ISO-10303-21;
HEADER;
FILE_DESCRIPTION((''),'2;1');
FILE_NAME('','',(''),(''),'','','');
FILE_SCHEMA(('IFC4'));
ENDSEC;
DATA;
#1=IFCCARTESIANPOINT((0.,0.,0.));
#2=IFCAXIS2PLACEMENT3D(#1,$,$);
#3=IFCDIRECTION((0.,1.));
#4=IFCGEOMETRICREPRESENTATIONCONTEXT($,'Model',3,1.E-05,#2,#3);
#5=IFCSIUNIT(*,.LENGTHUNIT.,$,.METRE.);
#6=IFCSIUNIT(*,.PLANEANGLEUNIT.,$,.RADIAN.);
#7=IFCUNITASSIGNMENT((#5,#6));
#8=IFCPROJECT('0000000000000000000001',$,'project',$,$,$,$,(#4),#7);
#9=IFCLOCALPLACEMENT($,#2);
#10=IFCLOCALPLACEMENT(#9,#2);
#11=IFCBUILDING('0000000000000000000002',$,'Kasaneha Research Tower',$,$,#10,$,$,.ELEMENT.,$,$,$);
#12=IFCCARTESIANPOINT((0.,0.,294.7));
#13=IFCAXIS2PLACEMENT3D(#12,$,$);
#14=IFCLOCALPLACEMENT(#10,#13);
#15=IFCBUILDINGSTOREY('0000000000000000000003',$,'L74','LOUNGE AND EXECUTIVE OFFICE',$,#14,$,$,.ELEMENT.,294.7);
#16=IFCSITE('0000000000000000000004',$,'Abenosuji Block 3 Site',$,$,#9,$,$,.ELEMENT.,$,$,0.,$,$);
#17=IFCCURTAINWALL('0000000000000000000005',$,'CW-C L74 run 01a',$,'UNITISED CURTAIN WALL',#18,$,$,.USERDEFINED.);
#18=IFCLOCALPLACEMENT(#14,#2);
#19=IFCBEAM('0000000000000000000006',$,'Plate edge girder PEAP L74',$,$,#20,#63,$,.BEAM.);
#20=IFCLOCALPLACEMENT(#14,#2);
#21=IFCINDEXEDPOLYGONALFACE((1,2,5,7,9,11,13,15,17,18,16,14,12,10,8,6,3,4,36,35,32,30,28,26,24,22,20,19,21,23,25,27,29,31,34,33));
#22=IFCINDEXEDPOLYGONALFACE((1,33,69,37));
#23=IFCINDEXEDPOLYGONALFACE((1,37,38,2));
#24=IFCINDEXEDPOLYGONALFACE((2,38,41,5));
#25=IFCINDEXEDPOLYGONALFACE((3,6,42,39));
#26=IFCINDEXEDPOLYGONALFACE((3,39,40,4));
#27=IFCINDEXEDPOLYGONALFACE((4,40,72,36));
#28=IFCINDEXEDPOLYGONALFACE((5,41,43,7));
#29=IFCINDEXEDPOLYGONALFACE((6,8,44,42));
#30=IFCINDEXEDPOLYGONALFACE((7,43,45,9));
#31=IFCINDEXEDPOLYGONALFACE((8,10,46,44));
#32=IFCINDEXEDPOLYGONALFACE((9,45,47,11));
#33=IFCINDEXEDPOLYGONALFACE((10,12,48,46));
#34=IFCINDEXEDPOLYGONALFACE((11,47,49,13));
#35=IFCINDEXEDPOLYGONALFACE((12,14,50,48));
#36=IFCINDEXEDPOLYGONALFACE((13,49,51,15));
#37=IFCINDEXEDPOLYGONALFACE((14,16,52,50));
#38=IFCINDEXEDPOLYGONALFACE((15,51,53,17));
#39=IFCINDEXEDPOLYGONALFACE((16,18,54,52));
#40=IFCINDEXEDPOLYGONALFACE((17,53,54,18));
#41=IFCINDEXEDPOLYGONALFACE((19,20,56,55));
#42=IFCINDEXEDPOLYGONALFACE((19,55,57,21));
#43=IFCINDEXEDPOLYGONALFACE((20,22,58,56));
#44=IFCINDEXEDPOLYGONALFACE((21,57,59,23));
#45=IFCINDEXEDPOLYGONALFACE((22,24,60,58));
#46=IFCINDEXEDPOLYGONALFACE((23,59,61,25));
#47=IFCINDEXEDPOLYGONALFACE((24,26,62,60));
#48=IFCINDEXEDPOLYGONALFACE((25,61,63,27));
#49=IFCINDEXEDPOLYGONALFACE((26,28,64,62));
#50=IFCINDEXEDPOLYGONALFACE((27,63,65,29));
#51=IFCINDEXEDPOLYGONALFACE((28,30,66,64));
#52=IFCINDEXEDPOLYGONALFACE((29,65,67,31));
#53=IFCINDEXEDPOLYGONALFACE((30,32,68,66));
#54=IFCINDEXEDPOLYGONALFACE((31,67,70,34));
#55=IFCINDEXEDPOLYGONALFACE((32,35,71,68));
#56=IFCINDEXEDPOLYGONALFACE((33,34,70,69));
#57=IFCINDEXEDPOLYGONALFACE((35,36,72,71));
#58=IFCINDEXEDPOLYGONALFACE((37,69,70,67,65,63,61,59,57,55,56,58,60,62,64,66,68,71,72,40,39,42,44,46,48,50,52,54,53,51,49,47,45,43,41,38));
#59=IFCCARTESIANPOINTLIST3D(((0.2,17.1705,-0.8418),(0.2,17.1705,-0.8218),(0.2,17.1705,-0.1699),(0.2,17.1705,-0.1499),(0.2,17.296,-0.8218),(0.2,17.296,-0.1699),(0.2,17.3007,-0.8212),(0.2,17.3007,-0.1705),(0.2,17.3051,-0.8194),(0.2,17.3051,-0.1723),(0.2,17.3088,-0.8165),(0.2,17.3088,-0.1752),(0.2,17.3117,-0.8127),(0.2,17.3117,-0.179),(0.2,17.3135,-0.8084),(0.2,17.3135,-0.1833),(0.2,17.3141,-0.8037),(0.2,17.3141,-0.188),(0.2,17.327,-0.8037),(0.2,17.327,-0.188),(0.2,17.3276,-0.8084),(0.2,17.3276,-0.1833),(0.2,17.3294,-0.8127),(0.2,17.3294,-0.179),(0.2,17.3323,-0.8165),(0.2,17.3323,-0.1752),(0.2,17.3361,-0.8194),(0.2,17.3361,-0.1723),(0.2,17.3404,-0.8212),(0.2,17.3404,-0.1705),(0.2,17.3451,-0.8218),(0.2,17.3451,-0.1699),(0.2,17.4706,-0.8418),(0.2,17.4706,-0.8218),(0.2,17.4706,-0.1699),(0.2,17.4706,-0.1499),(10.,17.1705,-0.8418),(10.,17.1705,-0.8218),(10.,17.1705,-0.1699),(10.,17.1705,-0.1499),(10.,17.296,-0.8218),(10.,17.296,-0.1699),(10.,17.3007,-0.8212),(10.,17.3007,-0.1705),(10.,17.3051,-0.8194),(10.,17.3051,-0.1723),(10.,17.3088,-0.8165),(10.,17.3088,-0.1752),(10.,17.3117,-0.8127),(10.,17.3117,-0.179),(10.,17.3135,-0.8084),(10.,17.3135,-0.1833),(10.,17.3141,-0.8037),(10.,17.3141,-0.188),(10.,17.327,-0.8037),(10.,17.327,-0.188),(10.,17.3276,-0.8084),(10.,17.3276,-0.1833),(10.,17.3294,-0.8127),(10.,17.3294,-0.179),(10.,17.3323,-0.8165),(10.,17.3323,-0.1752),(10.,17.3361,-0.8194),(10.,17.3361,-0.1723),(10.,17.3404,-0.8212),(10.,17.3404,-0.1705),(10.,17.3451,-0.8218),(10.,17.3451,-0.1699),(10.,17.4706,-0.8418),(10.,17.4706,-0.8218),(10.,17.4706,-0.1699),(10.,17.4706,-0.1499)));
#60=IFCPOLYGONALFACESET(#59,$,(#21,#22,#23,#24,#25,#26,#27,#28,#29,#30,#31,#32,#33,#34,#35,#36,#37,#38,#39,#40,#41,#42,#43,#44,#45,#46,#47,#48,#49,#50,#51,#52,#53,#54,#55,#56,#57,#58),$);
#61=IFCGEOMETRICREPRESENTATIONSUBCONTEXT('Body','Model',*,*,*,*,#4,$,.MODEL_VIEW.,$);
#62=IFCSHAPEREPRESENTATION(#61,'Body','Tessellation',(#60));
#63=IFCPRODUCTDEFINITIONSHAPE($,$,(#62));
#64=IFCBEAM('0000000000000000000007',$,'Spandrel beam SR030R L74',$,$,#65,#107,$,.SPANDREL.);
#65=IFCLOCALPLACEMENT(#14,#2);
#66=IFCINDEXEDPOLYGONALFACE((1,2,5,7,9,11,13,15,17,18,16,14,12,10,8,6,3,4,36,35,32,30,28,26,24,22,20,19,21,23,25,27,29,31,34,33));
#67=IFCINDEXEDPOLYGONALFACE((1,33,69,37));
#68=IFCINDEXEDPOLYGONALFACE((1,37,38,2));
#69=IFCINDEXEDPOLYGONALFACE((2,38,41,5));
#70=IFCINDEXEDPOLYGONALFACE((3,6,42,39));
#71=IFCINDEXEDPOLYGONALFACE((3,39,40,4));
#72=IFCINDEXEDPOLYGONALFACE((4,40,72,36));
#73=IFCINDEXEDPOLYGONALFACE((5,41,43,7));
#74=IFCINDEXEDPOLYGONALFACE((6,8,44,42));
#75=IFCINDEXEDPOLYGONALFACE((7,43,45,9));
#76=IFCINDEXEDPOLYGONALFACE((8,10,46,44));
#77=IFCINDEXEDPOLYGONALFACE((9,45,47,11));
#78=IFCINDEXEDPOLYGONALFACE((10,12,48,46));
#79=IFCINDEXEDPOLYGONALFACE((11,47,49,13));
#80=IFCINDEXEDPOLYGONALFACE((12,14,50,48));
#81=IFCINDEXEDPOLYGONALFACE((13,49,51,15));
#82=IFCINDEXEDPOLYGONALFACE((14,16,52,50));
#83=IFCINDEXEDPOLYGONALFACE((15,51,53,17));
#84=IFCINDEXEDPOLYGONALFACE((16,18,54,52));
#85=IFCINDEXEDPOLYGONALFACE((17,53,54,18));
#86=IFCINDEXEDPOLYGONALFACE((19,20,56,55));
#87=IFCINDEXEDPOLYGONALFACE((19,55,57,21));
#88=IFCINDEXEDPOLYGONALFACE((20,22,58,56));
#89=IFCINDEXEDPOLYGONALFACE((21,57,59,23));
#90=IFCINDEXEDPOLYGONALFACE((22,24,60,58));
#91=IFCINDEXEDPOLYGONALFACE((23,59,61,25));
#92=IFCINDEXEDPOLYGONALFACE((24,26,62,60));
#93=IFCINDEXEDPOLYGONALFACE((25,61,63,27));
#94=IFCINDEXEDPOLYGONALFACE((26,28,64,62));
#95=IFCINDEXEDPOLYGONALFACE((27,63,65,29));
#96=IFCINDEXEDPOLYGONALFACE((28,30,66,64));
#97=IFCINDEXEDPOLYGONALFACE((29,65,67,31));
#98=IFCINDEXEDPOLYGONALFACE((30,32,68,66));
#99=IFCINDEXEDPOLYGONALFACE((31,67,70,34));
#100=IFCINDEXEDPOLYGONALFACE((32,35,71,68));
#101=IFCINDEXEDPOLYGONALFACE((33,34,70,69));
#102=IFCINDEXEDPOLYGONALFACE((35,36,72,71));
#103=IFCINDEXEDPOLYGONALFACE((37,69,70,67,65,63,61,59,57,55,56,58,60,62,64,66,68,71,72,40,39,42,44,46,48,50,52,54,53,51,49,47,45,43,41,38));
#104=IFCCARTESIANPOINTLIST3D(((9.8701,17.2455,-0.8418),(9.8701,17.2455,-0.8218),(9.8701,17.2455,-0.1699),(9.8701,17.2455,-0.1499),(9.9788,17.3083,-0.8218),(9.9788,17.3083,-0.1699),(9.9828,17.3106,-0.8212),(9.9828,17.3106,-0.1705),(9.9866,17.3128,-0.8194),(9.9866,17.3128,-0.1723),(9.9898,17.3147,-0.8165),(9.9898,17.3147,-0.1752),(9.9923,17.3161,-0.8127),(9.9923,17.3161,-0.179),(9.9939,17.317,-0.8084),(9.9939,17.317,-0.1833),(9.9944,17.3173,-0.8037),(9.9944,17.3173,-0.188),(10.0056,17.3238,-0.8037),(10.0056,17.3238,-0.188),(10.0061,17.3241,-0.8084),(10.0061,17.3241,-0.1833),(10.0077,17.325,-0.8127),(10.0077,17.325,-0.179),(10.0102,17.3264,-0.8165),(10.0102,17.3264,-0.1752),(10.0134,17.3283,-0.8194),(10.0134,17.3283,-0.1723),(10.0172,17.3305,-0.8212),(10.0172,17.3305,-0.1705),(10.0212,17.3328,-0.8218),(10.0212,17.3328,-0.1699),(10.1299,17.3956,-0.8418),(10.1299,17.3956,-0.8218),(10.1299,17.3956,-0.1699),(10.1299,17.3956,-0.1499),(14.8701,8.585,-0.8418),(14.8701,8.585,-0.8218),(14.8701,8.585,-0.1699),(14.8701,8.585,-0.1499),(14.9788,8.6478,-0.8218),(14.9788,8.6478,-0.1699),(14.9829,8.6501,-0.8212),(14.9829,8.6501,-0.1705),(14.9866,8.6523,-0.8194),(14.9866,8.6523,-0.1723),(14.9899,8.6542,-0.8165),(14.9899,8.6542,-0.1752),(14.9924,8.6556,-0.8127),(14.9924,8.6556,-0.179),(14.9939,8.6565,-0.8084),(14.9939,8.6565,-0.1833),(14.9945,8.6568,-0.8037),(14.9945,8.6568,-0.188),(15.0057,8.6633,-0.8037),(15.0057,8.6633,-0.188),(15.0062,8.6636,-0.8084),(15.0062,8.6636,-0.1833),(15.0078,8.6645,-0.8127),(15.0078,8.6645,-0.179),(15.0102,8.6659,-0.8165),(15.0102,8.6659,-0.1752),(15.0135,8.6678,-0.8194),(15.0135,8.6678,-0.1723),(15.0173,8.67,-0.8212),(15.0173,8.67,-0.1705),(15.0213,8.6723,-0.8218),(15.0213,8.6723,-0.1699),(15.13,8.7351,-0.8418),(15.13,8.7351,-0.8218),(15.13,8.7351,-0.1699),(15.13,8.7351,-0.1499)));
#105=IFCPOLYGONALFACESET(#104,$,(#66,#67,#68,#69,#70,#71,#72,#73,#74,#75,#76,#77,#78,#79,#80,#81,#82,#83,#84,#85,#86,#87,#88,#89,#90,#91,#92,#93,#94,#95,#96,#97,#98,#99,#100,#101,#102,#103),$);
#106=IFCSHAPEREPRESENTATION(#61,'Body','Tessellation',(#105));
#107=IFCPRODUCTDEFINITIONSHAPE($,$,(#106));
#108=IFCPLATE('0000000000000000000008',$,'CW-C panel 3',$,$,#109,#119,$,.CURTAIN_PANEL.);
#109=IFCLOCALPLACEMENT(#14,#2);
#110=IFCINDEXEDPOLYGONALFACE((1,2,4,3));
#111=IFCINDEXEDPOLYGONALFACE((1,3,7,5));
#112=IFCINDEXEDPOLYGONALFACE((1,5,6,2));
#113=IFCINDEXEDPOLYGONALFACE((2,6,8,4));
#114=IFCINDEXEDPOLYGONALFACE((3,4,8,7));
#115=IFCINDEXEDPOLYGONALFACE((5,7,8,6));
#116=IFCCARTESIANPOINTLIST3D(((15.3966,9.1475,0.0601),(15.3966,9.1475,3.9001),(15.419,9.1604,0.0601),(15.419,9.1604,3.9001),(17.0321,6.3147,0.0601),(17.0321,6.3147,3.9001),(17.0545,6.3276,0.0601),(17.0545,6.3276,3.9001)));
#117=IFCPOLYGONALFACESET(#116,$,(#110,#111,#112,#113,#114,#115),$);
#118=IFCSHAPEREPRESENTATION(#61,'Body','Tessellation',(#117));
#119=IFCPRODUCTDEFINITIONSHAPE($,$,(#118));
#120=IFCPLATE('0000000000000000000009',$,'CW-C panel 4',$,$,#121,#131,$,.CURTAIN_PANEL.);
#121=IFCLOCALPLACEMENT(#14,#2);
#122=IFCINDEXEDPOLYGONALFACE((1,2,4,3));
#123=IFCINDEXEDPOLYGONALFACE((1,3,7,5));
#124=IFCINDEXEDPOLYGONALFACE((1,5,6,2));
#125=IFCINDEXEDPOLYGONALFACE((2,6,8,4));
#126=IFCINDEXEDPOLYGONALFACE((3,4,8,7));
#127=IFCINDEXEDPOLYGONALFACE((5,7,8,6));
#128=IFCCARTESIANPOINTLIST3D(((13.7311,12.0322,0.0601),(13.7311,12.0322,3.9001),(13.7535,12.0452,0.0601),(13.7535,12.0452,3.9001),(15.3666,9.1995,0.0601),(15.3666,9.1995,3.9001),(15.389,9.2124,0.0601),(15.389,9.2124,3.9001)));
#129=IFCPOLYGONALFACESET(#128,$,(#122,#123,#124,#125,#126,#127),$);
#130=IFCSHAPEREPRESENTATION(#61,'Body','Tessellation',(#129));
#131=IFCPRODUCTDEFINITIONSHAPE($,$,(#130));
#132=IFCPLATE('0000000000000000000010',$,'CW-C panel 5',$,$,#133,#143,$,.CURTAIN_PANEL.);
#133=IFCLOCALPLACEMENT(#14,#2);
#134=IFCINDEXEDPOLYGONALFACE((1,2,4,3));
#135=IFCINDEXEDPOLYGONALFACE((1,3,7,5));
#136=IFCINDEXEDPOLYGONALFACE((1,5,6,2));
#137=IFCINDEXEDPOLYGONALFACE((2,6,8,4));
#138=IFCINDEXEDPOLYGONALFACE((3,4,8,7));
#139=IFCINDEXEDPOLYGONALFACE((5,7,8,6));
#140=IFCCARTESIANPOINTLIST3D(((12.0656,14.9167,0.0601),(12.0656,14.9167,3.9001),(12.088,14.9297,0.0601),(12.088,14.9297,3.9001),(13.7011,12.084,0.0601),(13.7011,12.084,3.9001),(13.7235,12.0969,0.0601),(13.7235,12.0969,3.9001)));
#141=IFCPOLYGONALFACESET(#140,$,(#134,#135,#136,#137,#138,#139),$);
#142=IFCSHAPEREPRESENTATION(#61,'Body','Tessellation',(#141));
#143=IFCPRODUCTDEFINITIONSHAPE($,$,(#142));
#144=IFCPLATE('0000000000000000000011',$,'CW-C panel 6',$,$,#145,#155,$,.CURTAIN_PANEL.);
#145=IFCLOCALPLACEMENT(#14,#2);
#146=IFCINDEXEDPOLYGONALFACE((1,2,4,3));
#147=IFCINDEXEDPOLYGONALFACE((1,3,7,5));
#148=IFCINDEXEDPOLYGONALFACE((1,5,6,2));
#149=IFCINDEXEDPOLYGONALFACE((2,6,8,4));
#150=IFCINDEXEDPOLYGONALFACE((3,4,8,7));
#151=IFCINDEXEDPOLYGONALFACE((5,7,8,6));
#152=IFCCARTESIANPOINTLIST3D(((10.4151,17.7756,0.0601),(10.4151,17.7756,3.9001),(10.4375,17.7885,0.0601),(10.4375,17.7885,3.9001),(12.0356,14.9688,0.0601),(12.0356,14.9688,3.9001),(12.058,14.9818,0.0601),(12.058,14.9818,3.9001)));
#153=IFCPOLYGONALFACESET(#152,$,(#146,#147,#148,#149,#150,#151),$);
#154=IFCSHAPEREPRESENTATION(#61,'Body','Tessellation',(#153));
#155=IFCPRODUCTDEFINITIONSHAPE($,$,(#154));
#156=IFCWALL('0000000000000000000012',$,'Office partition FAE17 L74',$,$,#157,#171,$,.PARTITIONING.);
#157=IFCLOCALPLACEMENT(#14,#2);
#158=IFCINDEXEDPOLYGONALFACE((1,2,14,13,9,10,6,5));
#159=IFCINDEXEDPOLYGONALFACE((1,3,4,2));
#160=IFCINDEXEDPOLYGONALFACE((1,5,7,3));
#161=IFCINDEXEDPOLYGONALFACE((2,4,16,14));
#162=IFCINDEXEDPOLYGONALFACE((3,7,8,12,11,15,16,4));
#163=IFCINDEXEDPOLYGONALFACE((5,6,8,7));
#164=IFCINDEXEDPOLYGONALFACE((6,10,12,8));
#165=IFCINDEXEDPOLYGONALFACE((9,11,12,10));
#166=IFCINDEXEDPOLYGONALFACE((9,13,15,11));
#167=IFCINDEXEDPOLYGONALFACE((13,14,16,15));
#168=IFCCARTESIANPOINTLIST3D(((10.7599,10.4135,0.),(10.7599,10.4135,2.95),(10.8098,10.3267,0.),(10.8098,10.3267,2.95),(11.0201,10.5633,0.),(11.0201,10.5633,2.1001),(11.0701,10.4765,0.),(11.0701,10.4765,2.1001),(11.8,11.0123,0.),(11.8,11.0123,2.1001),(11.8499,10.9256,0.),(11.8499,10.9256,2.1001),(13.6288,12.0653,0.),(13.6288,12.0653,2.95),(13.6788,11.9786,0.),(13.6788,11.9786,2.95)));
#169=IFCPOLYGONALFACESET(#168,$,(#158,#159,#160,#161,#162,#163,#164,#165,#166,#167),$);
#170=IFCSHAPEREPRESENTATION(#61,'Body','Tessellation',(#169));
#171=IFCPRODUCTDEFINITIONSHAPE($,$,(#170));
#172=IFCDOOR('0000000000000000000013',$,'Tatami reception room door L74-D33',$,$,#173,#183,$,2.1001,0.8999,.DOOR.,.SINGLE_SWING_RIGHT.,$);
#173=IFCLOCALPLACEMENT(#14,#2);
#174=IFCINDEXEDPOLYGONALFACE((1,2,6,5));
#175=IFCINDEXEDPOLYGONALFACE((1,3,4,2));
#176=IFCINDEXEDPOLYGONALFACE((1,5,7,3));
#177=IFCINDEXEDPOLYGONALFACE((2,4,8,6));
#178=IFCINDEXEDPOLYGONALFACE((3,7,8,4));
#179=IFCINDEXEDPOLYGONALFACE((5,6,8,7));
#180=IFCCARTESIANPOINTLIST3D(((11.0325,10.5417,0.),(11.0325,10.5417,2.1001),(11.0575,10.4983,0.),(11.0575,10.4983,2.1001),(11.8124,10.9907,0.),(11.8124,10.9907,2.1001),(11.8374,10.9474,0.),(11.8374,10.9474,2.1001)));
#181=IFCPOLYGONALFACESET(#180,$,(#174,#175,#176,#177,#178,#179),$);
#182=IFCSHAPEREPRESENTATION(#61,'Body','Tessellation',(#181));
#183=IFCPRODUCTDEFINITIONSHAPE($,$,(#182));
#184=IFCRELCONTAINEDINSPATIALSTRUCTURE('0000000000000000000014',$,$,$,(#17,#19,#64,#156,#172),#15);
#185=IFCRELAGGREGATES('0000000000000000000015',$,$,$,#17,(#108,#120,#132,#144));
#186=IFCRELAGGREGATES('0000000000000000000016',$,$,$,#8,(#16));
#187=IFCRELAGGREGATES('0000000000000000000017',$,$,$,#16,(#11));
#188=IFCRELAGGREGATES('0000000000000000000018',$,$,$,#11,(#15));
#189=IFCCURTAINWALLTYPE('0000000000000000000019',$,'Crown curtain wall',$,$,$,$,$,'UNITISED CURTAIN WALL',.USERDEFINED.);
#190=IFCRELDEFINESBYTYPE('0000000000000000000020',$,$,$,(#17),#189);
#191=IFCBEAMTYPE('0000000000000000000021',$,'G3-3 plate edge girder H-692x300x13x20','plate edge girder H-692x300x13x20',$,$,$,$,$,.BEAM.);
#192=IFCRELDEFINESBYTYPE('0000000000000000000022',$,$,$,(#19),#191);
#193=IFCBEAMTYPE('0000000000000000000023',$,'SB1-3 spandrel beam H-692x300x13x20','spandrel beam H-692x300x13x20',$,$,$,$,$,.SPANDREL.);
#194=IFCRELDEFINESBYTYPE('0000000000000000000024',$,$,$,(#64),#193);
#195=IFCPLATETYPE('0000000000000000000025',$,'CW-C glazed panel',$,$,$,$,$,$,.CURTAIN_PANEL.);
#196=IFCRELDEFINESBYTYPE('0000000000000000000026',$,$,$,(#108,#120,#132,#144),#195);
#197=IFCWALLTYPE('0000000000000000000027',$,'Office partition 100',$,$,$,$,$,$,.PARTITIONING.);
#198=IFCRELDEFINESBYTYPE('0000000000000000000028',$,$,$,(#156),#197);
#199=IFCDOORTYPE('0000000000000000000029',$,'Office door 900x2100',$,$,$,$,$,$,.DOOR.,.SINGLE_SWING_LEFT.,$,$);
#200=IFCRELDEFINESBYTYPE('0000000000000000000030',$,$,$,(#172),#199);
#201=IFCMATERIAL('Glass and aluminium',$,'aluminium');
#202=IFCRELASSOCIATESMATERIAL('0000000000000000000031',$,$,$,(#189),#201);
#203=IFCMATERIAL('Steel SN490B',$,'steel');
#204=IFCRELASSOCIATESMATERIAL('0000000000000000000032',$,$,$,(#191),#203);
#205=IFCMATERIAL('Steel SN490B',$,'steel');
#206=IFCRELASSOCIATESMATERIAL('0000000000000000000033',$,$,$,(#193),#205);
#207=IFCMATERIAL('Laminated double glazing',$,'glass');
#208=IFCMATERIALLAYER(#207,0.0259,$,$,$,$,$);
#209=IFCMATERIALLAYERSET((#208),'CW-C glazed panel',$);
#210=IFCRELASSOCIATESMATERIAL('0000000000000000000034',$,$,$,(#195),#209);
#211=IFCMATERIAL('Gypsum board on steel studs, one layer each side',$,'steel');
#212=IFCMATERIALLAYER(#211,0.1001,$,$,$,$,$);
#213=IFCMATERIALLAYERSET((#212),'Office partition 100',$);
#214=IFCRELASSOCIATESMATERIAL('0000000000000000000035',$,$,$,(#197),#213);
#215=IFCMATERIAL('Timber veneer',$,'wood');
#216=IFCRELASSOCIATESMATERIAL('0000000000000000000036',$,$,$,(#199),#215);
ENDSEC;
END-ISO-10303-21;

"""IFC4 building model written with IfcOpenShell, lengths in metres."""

from ifc_helpers import new_model, si_unit, direction, frame, frame_2d, origin, origin_2d, place, context, subcontext, project, spatial, rectangle, i_section, extrude, material, layer, layer_set, material_profile, profile_set, type_object, element, fill, aggregate, save


model = new_model("IFC4")

# Units and contexts
model_context = context("Model", 3, precision=1e-05, world=origin(), true_north=direction((0.0, 1.0)))
body_context = subcontext(model_context, "Body", "Model", "MODEL_VIEW")
ifc_project = project(units=[si_unit("LENGTHUNIT", "METRE"), si_unit("PLANEANGLEUNIT", "RADIAN")], contexts=[model_context])

# Site, building, storey
site_placement = place(None, origin())
site = spatial("IfcSite", under=ifc_project, at=site_placement, Name="Abenosuji Block 3 Site", CompositionType="ELEMENT", RefElevation=0.0)
building_placement = place(site_placement, origin())
building = spatial("IfcBuilding", under=site, at=building_placement, Name="Kasaneha Research Tower", CompositionType="ELEMENT")
storey_placement = place(building_placement, frame((0.0, 0.0, 294.7)))
storey = spatial("IfcBuildingStorey", under=building, at=storey_placement, Name="L74", Description="LOUNGE AND EXECUTIVE OFFICE", CompositionType="ELEMENT", Elevation=294.7)

# Curtain wall
ifc_material_1 = material(Name="Glass and aluminium", Category="aluminium")
curtain_wall_type = type_object("IfcCurtainWallType", Name="Crown curtain wall", ElementType="UNITISED CURTAIN WALL", PredefinedType="USERDEFINED", material=ifc_material_1)
curtain_wall_1_placement = place(storey_placement, origin())
curtain_wall_1 = element("IfcCurtainWall", 1, at=curtain_wall_1_placement, inside=storey, type_object=curtain_wall_type, Name="CW-C L74 run 01a", ObjectType="UNITISED CURTAIN WALL", PredefinedType="USERDEFINED")

# Beams
ifc_material_2 = material(Name="Steel SN490B", Category="steel")
ifc_material_profile_1 = material_profile(ifc_material_2, i_section(OverallWidth=0.3, OverallDepth=0.6919, WebThickness=0.0129, FlangeThickness=0.02, FilletRadius=0.0181, at=origin_2d()), Name="H-692x300x13x20")
ifc_profile_set_1 = profile_set([ifc_material_profile_1], Name="Steel SN490B")
beam_type_1 = type_object("IfcBeamType", Name="G3-3 plate edge girder H-692x300x13x20", Description="plate edge girder H-692x300x13x20", PredefinedType="BEAM", material=ifc_profile_set_1)
beam_1_placement = place(storey_placement, frame((10.0, 17.3206, -0.4958), z_axis=(-1.0, 0.0, 0.0), x_axis=(0.0, -1.0, 0.0)))
element("IfcBeam", 2, at=beam_1_placement, inside=storey, type_object=beam_type_1, Name="Plate edge girder PEAP L74", PredefinedType="BEAM", context=body_context, shape_type="SweptSolid", body=[
    extrude(i_section(OverallWidth=0.3, OverallDepth=0.6919, WebThickness=0.0129, FlangeThickness=0.02, FilletRadius=0.0181, at=origin_2d()), origin(), (0.0, 0.0, 1.0), 9.8),
])
ifc_material_3 = material(Name="Steel SN490B", Category="steel")
ifc_material_profile_2 = material_profile(ifc_material_3, i_section(OverallWidth=0.3, OverallDepth=0.6919, WebThickness=0.0129, FlangeThickness=0.02, FilletRadius=0.0181, at=origin_2d()), Name="H-692x300x13x20")
ifc_profile_set_2 = profile_set([ifc_material_profile_2], Name="Steel SN490B")
beam_type_2 = type_object("IfcBeamType", Name="SB1-3 spandrel beam H-692x300x13x20", Description="spandrel beam H-692x300x13x20", PredefinedType="SPANDREL", material=ifc_profile_set_2)
beam_2_placement = place(storey_placement, frame((10.0, 17.3206, -0.4958), z_axis=(0.499994, -0.866029, 0.0), x_axis=(0.866029, 0.499994, 0.0)))
element("IfcBeam", 3, at=beam_2_placement, inside=storey, type_object=beam_type_2, Name="Spandrel beam SR030R L74", PredefinedType="SPANDREL", context=body_context, shape_type="SweptSolid", body=[
    extrude(i_section(OverallWidth=0.3, OverallDepth=0.6919, WebThickness=0.0129, FlangeThickness=0.02, FilletRadius=0.0181, at=origin_2d()), origin(), (0.0, 0.0, 1.0), 10.0002),
])

# Plates
ifc_material_4 = material(Name="Laminated double glazing", Category="glass")
ifc_layer_1 = layer(ifc_material_4, 0.0259)
ifc_layer_set_1 = layer_set([ifc_layer_1], Name="CW-C glazed panel")
plate_type = type_object("IfcPlateType", Name="CW-C glazed panel", PredefinedType="CURTAIN_PANEL", material=ifc_layer_set_1)
plate_1_placement = place(storey_placement, frame((16.2256, 7.7375, 0.0601), z_axis=(0.0, 0.0, 1.0), x_axis=(-0.5, 0.866025, 0.0)))
plate_1 = element("IfcPlate", 4, at=plate_1_placement, type_object=plate_type, Name="CW-C panel 3", PredefinedType="CURTAIN_PANEL", context=body_context, shape_type="SweptSolid", body=[
    extrude(rectangle(XDim=3.271, YDim=0.0259, at=origin_2d()), origin(), (0.0, 0.0, 1.0), 3.8401),
])
plate_2_placement = place(storey_placement, frame((14.5601, 10.6223, 0.0601), z_axis=(0.0, 0.0, 1.0), x_axis=(-0.5, 0.866025, 0.0)))
plate_2 = element("IfcPlate", 5, at=plate_2_placement, type_object=plate_type, Name="CW-C panel 4", PredefinedType="CURTAIN_PANEL", context=body_context, shape_type="SweptSolid", body=[
    extrude(rectangle(XDim=3.271, YDim=0.0259, at=origin_2d()), origin(), (0.0, 0.0, 1.0), 3.8401),
])
plate_3_placement = place(storey_placement, frame((12.8945, 13.5068, 0.0601), z_axis=(0.0, 0.0, 1.0), x_axis=(-0.5, 0.866025, 0.0)))
plate_3 = element("IfcPlate", 6, at=plate_3_placement, type_object=plate_type, Name="CW-C panel 5", PredefinedType="CURTAIN_PANEL", context=body_context, shape_type="SweptSolid", body=[
    extrude(rectangle(XDim=3.271, YDim=0.0259, at=origin_2d()), origin(), (0.0, 0.0, 1.0), 3.8401),
])
plate_4_placement = place(storey_placement, frame((11.2366, 16.3787, 0.0601), z_axis=(0.0, 0.0, 1.0), x_axis=(-0.5, 0.866025, 0.0)))
plate_4 = element("IfcPlate", 7, at=plate_4_placement, type_object=plate_type, Name="CW-C panel 6", PredefinedType="CURTAIN_PANEL", context=body_context, shape_type="SweptSolid", body=[
    extrude(rectangle(XDim=3.241, YDim=0.0259, at=origin_2d()), origin(), (0.0, 0.0, 1.0), 3.8401),
])
aggregate(curtain_wall_1, [plate_1, plate_2, plate_3, plate_4])

# Wall, opening, door
ifc_material_5 = material(Name="Gypsum board on steel studs, one layer each side", Category="steel")
ifc_layer_2 = layer(ifc_material_5, 0.1001)
ifc_layer_set_2 = layer_set([ifc_layer_2], Name="Office partition 100")
wall_type_1 = type_object("IfcWallType", Name="Office partition 100", PredefinedType="PARTITIONING", material=ifc_layer_set_2)
wall_1_placement = place(storey_placement, frame((13.6538, 12.022, 0.0), z_axis=(0.0, 0.0, 1.0), x_axis=(-0.866614, -0.49898, 0.0)))
wall_1 = element("IfcWall", 8, at=wall_1_placement, inside=storey, type_object=wall_type_1, Name="Office partition FAE17 L74", PredefinedType="PARTITIONING", context=body_context, shape_type="SweptSolid", body=[
    extrude(rectangle(XDim=3.3105, YDim=0.1001, at=frame_2d((1.6553, 0.0))), origin(), (0.0, 0.0, 1.0), 2.95),
])
opening_1_placement = place(wall_1_placement, frame((2.1104, 0.0, 0.0)))
opening_1 = element("IfcOpeningElement", 9, at=opening_1_placement, cuts=wall_1, PredefinedType="OPENING", context=body_context, shape_type="SweptSolid", body=[
    extrude(rectangle(XDim=0.8999, YDim=2.1001, at=frame_2d((0.45, 1.05))), frame((0.0, 0.0601, 0.0), z_axis=(0.0, -1.0, 0.0), x_axis=(1.0, 0.0, 0.0)), (0.0, 0.0, 1.0), 0.1201),
])
ifc_material_6 = material(Name="Timber veneer", Category="wood")
door_type_1 = type_object("IfcDoorType", Name="Office door 900x2100", OperationType="SINGLE_SWING_LEFT", PredefinedType="DOOR", material=ifc_material_6)
door_1_placement = place(opening_1_placement, origin())
door_1 = element("IfcDoor", 10, at=door_1_placement, inside=storey, type_object=door_type_1, Name="Tatami reception room door L74-D33", OperationType="SINGLE_SWING_RIGHT", OverallHeight=2.1001, OverallWidth=0.8999, PredefinedType="DOOR", context=body_context, shape_type="SweptSolid", body=[
    extrude(rectangle(XDim=0.8999, YDim=2.1001, at=frame_2d((0.45, 1.05))), frame((0.0, 0.0249, 0.0), z_axis=(0.0, -1.0, 0.0), x_axis=(1.0, 0.0, 0.0)), (0.0, 0.0, 1.0), 0.05),
])
fill(opening_1, door_1)

save(model, "model.ifc")
